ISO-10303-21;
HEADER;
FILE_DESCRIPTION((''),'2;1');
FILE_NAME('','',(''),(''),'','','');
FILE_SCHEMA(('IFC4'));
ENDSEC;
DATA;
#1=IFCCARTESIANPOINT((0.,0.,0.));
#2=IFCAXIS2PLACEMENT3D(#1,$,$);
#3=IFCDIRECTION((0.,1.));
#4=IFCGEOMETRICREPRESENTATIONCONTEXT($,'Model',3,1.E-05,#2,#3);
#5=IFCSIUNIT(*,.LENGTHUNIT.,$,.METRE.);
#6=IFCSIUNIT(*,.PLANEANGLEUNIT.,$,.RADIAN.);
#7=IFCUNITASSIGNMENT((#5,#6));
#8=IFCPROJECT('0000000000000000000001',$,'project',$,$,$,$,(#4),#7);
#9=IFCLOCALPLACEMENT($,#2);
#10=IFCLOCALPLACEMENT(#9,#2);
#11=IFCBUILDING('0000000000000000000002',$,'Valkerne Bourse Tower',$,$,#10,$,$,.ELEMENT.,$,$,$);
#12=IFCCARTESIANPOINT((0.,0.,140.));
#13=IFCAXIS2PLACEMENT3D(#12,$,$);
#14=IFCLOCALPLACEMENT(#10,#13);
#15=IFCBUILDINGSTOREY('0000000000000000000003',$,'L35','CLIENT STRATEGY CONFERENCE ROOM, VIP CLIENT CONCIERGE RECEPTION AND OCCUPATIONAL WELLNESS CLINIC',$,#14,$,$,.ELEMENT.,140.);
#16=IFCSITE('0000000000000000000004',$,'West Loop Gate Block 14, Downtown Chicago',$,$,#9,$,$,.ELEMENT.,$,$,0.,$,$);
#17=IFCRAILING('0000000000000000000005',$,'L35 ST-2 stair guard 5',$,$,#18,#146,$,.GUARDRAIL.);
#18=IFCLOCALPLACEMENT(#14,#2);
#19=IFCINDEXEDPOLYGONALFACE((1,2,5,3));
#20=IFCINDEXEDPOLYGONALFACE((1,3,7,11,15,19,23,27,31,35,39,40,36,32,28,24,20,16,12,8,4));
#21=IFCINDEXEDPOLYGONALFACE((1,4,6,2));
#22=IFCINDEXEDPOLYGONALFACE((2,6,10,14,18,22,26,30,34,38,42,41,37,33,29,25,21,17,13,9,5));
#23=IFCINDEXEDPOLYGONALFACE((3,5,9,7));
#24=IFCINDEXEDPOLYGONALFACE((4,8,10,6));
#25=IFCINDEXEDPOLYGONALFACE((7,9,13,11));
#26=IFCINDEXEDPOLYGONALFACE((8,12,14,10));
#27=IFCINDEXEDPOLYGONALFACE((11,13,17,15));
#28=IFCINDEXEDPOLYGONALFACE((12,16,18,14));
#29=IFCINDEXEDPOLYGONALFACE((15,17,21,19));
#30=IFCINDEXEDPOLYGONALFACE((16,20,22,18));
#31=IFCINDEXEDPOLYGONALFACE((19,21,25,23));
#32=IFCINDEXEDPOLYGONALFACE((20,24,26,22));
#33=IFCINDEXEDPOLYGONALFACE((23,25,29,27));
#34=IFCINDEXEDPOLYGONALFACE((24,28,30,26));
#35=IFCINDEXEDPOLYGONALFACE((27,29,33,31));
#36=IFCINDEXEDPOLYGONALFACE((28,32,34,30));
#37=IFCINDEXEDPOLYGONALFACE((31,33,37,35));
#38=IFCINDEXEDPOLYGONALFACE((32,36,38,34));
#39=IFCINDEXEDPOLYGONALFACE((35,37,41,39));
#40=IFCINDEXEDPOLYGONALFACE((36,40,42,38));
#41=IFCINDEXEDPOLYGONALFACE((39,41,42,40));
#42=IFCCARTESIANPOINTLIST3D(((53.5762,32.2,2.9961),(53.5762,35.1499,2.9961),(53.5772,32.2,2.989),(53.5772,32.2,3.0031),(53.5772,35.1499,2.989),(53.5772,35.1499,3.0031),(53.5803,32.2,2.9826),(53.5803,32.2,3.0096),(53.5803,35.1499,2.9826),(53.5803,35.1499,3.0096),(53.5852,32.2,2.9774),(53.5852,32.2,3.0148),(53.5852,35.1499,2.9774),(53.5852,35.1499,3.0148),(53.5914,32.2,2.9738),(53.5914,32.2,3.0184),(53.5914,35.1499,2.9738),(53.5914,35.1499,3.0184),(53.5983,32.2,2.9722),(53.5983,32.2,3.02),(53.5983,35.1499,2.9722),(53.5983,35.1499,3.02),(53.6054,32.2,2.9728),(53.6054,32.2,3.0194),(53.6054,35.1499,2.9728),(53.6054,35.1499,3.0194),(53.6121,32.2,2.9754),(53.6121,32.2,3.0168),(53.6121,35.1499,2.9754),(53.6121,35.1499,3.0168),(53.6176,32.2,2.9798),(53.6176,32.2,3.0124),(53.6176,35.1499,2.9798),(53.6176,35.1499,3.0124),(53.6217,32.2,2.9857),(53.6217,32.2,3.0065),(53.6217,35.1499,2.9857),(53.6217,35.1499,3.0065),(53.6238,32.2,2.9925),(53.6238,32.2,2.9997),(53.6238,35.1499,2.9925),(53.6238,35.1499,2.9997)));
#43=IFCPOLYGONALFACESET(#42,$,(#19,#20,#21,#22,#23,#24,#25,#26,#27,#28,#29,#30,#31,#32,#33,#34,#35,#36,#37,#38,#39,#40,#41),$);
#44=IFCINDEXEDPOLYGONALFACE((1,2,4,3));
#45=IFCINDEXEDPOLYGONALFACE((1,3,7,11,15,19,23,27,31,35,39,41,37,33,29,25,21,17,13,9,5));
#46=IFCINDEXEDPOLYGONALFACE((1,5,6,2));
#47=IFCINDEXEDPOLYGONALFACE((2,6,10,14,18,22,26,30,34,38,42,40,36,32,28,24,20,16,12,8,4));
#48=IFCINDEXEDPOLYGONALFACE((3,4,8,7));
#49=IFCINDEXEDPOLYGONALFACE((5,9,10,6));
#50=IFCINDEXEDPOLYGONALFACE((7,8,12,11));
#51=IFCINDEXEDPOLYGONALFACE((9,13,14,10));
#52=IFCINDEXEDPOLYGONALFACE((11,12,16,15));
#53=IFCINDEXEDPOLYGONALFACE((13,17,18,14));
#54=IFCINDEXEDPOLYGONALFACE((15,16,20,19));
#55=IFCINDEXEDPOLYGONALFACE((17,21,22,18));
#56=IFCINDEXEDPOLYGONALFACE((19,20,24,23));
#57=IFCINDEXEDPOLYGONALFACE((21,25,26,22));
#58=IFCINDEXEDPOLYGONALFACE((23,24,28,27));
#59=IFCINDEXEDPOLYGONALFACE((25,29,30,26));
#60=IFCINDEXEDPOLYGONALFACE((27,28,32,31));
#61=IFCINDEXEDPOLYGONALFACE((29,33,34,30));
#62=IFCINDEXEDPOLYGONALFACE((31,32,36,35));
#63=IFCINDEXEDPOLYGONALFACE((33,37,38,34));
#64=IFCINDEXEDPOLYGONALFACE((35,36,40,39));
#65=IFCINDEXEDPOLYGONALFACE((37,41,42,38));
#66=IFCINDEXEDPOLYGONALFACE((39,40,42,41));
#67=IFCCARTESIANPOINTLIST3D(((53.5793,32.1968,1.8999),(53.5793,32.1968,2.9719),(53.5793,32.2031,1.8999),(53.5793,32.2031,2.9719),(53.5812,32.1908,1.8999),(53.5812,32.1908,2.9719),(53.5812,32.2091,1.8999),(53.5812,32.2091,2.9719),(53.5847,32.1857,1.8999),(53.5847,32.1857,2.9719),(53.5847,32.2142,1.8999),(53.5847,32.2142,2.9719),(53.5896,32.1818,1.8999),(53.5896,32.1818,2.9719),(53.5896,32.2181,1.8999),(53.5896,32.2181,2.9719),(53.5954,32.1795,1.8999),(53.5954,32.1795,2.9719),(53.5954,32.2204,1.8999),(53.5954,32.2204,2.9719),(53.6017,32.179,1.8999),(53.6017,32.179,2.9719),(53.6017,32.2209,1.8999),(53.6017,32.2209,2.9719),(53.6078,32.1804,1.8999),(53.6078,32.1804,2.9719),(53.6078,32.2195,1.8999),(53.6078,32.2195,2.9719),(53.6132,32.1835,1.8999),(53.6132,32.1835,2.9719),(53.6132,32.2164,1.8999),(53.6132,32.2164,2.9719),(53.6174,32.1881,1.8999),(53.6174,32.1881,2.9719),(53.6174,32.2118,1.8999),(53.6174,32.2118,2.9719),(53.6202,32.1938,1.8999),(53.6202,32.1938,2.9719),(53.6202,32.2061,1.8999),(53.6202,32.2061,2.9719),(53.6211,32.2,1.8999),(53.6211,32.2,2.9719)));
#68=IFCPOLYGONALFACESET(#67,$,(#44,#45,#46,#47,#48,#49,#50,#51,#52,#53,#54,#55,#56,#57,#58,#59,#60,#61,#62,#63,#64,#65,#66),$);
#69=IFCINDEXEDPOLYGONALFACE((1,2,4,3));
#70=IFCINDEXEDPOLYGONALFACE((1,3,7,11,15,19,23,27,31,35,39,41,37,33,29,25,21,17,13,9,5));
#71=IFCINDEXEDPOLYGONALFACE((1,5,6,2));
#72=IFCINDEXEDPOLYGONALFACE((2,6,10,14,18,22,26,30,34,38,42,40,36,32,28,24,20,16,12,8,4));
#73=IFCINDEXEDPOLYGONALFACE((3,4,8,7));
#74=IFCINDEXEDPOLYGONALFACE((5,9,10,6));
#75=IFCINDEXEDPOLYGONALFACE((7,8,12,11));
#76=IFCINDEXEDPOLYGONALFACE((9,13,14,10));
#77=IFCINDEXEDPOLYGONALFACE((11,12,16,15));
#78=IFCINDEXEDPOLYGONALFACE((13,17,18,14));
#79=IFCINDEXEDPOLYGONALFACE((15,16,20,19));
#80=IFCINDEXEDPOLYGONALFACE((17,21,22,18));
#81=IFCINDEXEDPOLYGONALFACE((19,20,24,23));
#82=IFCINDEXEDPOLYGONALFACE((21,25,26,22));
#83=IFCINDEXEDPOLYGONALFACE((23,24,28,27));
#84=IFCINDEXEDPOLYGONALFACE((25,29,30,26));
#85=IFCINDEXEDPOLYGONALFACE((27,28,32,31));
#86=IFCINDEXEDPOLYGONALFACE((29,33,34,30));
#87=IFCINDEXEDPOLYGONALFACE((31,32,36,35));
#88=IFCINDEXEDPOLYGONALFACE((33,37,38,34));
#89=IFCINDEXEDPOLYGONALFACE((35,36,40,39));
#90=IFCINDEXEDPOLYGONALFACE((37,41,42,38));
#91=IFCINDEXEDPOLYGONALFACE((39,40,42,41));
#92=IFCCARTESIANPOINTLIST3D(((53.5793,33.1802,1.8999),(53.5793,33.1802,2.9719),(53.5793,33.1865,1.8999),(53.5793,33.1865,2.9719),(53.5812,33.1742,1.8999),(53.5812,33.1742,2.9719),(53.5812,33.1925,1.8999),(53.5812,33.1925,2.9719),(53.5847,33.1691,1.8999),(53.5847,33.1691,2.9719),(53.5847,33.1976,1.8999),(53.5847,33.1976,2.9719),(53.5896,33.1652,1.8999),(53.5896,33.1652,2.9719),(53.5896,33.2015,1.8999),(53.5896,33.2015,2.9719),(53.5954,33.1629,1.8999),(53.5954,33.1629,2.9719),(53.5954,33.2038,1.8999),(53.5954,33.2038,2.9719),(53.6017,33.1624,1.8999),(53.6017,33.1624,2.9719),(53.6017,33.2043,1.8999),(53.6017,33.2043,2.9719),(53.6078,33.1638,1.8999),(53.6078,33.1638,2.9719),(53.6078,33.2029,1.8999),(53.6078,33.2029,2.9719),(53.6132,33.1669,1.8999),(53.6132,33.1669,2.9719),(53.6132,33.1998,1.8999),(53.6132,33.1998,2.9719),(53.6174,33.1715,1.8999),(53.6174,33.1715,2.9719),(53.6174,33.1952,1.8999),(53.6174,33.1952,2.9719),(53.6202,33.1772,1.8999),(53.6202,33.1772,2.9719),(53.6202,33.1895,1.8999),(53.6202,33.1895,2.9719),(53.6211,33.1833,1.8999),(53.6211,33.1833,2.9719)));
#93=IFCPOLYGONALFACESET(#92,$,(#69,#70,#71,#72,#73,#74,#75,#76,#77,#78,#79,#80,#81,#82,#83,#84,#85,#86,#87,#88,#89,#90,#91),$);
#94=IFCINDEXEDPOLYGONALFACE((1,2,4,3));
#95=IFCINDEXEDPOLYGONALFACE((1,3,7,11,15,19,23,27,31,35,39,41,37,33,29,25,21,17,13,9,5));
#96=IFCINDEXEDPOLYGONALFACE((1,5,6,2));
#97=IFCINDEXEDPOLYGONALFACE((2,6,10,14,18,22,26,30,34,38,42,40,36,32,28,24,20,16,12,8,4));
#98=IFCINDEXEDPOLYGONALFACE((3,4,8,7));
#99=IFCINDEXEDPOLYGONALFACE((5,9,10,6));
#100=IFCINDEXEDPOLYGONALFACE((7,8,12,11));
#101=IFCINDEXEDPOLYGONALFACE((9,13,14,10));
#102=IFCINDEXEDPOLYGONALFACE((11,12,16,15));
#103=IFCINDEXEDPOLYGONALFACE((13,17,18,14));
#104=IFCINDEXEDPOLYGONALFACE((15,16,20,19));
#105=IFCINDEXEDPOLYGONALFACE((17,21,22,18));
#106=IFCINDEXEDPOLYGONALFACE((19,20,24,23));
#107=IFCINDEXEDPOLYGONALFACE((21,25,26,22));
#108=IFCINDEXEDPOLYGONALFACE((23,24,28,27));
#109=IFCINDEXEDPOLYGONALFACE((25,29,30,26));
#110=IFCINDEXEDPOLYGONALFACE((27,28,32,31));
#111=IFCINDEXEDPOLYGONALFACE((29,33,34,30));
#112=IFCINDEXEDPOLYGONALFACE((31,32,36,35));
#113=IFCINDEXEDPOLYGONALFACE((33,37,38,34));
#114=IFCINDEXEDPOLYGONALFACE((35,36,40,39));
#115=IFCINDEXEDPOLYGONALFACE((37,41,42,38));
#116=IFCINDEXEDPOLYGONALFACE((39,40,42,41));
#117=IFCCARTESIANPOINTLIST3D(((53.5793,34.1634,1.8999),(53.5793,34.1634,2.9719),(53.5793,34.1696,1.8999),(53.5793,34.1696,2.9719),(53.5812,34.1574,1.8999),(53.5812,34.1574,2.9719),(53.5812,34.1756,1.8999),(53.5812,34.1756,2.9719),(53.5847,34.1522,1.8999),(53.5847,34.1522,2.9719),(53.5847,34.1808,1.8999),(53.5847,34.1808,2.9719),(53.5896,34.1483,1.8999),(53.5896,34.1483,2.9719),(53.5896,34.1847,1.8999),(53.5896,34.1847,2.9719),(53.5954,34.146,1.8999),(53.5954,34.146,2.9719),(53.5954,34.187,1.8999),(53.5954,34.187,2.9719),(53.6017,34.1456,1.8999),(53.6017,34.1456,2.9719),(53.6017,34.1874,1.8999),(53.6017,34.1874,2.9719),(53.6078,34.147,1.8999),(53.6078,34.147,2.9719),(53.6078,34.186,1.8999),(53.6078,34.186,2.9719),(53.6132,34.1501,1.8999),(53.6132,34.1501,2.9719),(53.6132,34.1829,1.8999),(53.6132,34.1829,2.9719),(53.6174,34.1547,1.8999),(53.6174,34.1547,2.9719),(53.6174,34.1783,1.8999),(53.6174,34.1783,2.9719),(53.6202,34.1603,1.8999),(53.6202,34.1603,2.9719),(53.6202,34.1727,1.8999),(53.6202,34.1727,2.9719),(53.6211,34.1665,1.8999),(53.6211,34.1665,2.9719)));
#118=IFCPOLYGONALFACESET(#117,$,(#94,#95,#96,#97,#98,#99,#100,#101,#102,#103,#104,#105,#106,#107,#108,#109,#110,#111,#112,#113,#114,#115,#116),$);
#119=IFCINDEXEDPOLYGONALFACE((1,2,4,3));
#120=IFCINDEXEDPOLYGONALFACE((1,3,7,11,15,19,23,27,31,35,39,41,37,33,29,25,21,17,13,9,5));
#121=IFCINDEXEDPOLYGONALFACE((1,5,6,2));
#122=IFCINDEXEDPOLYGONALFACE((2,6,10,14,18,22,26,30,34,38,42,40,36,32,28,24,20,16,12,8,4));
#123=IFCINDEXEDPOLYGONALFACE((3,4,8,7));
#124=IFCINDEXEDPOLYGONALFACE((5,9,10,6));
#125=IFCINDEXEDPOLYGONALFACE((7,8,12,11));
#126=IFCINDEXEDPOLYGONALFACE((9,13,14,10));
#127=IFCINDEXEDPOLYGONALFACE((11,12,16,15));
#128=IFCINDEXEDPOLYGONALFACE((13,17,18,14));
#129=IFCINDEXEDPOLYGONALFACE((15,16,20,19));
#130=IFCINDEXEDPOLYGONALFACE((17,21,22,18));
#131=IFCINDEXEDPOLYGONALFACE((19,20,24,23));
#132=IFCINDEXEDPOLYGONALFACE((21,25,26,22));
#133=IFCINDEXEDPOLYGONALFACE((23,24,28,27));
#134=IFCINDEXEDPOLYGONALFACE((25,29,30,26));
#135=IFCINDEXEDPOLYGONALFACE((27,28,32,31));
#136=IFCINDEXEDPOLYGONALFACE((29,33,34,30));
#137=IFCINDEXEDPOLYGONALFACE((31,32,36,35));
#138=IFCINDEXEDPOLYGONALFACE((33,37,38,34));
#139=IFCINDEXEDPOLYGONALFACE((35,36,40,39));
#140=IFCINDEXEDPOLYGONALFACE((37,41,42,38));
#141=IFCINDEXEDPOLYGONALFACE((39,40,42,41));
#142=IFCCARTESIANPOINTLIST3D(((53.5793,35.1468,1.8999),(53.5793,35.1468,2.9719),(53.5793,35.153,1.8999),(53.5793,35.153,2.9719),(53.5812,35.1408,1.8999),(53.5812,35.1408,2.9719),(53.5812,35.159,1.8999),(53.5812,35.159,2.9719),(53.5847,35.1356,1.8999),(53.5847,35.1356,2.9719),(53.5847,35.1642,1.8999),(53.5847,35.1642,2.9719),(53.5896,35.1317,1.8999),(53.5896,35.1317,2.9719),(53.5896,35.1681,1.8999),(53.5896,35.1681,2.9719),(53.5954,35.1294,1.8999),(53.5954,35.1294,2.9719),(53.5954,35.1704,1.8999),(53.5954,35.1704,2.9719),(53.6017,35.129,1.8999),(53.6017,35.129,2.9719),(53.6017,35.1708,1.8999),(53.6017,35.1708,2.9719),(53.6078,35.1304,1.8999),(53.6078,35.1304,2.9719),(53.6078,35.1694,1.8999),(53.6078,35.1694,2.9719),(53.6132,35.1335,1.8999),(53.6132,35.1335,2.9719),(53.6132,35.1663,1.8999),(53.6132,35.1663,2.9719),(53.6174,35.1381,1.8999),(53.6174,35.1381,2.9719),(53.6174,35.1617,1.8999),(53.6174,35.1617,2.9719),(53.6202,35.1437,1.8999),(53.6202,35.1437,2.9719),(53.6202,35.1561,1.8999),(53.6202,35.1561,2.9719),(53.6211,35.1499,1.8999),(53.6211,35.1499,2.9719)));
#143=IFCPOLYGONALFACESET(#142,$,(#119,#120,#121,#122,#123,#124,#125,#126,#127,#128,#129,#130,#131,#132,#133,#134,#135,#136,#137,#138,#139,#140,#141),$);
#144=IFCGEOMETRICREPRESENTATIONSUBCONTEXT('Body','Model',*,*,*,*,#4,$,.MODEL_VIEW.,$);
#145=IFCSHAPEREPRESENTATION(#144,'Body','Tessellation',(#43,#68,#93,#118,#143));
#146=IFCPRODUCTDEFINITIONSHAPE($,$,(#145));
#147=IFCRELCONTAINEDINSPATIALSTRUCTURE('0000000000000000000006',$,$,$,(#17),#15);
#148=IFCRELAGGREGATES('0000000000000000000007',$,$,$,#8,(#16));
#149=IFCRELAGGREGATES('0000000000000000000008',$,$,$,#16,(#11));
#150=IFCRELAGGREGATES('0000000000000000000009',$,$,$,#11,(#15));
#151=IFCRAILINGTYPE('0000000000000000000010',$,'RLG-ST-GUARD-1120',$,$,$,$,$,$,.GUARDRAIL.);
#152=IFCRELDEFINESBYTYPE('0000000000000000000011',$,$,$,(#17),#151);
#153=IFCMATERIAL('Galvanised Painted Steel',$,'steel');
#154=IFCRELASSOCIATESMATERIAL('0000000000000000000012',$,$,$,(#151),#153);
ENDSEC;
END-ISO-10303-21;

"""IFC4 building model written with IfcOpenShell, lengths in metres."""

from ifc_helpers import new_model, si_unit, direction, frame, origin, origin_2d, place, context, subcontext, project, spatial, circle, extrude, material, type_object, element, save


model = new_model("IFC4")

# Units and contexts
model_context = context("Model", 3, precision=1e-05, world=origin(), true_north=direction((0.0, 1.0)))
body_context = subcontext(model_context, "Body", "Model", "MODEL_VIEW")
ifc_project = project(units=[si_unit("LENGTHUNIT", "METRE"), si_unit("PLANEANGLEUNIT", "RADIAN")], contexts=[model_context])

# Site, building, storey
site_placement = place(None, origin())
site = spatial("IfcSite", under=ifc_project, at=site_placement, Name="West Loop Gate Block 14, Downtown Chicago", CompositionType="ELEMENT", RefElevation=0.0)
building_placement = place(site_placement, origin())
building = spatial("IfcBuilding", under=site, at=building_placement, Name="Valkerne Bourse Tower", CompositionType="ELEMENT")
storey_placement = place(building_placement, frame((0.0, 0.0, 140.0)))
storey = spatial("IfcBuildingStorey", under=building, at=storey_placement, Name="L35", Description="CLIENT STRATEGY CONFERENCE ROOM, VIP CLIENT CONCIERGE RECEPTION AND OCCUPATIONAL WELLNESS CLINIC", CompositionType="ELEMENT", Elevation=140.0)

# Railing
ifc_material_1 = material(Name="Galvanised Painted Steel", Category="steel")
railing_type = type_object("IfcRailingType", Name="RLG-ST-GUARD-1120", PredefinedType="GUARDRAIL", material=ifc_material_1)
railing_1_placement = place(storey_placement, frame((53.6001, 32.2, 1.8999)))
element("IfcRailing", 1, at=railing_1_placement, inside=storey, type_object=railing_type, Name="L35 ST-2 stair guard 5", PredefinedType="GUARDRAIL", context=body_context, shape_type="SweptSolid", body=[
    extrude(circle(Radius=0.0239, at=origin_2d()), frame((0.0, 0.0, 1.0962), z_axis=(0.0, 1.0, 0.0), x_axis=(-1.0, 0.0, 0.0)), (0.0, 0.0, 1.0), 2.95),
    extrude(circle(Radius=0.021, at=origin_2d()), origin(), (0.0, 0.0, 1.0), 1.072),
    extrude(circle(Radius=0.021, at=origin_2d()), frame((0.0, 0.9834, 0.0)), (0.0, 0.0, 1.0), 1.072),
    extrude(circle(Radius=0.021, at=origin_2d()), frame((0.0, 1.9666, 0.0)), (0.0, 0.0, 1.0), 1.072),
    extrude(circle(Radius=0.021, at=origin_2d()), frame((0.0, 2.95, 0.0)), (0.0, 0.0, 1.0), 1.072),
])

save(model, "model.ifc")
